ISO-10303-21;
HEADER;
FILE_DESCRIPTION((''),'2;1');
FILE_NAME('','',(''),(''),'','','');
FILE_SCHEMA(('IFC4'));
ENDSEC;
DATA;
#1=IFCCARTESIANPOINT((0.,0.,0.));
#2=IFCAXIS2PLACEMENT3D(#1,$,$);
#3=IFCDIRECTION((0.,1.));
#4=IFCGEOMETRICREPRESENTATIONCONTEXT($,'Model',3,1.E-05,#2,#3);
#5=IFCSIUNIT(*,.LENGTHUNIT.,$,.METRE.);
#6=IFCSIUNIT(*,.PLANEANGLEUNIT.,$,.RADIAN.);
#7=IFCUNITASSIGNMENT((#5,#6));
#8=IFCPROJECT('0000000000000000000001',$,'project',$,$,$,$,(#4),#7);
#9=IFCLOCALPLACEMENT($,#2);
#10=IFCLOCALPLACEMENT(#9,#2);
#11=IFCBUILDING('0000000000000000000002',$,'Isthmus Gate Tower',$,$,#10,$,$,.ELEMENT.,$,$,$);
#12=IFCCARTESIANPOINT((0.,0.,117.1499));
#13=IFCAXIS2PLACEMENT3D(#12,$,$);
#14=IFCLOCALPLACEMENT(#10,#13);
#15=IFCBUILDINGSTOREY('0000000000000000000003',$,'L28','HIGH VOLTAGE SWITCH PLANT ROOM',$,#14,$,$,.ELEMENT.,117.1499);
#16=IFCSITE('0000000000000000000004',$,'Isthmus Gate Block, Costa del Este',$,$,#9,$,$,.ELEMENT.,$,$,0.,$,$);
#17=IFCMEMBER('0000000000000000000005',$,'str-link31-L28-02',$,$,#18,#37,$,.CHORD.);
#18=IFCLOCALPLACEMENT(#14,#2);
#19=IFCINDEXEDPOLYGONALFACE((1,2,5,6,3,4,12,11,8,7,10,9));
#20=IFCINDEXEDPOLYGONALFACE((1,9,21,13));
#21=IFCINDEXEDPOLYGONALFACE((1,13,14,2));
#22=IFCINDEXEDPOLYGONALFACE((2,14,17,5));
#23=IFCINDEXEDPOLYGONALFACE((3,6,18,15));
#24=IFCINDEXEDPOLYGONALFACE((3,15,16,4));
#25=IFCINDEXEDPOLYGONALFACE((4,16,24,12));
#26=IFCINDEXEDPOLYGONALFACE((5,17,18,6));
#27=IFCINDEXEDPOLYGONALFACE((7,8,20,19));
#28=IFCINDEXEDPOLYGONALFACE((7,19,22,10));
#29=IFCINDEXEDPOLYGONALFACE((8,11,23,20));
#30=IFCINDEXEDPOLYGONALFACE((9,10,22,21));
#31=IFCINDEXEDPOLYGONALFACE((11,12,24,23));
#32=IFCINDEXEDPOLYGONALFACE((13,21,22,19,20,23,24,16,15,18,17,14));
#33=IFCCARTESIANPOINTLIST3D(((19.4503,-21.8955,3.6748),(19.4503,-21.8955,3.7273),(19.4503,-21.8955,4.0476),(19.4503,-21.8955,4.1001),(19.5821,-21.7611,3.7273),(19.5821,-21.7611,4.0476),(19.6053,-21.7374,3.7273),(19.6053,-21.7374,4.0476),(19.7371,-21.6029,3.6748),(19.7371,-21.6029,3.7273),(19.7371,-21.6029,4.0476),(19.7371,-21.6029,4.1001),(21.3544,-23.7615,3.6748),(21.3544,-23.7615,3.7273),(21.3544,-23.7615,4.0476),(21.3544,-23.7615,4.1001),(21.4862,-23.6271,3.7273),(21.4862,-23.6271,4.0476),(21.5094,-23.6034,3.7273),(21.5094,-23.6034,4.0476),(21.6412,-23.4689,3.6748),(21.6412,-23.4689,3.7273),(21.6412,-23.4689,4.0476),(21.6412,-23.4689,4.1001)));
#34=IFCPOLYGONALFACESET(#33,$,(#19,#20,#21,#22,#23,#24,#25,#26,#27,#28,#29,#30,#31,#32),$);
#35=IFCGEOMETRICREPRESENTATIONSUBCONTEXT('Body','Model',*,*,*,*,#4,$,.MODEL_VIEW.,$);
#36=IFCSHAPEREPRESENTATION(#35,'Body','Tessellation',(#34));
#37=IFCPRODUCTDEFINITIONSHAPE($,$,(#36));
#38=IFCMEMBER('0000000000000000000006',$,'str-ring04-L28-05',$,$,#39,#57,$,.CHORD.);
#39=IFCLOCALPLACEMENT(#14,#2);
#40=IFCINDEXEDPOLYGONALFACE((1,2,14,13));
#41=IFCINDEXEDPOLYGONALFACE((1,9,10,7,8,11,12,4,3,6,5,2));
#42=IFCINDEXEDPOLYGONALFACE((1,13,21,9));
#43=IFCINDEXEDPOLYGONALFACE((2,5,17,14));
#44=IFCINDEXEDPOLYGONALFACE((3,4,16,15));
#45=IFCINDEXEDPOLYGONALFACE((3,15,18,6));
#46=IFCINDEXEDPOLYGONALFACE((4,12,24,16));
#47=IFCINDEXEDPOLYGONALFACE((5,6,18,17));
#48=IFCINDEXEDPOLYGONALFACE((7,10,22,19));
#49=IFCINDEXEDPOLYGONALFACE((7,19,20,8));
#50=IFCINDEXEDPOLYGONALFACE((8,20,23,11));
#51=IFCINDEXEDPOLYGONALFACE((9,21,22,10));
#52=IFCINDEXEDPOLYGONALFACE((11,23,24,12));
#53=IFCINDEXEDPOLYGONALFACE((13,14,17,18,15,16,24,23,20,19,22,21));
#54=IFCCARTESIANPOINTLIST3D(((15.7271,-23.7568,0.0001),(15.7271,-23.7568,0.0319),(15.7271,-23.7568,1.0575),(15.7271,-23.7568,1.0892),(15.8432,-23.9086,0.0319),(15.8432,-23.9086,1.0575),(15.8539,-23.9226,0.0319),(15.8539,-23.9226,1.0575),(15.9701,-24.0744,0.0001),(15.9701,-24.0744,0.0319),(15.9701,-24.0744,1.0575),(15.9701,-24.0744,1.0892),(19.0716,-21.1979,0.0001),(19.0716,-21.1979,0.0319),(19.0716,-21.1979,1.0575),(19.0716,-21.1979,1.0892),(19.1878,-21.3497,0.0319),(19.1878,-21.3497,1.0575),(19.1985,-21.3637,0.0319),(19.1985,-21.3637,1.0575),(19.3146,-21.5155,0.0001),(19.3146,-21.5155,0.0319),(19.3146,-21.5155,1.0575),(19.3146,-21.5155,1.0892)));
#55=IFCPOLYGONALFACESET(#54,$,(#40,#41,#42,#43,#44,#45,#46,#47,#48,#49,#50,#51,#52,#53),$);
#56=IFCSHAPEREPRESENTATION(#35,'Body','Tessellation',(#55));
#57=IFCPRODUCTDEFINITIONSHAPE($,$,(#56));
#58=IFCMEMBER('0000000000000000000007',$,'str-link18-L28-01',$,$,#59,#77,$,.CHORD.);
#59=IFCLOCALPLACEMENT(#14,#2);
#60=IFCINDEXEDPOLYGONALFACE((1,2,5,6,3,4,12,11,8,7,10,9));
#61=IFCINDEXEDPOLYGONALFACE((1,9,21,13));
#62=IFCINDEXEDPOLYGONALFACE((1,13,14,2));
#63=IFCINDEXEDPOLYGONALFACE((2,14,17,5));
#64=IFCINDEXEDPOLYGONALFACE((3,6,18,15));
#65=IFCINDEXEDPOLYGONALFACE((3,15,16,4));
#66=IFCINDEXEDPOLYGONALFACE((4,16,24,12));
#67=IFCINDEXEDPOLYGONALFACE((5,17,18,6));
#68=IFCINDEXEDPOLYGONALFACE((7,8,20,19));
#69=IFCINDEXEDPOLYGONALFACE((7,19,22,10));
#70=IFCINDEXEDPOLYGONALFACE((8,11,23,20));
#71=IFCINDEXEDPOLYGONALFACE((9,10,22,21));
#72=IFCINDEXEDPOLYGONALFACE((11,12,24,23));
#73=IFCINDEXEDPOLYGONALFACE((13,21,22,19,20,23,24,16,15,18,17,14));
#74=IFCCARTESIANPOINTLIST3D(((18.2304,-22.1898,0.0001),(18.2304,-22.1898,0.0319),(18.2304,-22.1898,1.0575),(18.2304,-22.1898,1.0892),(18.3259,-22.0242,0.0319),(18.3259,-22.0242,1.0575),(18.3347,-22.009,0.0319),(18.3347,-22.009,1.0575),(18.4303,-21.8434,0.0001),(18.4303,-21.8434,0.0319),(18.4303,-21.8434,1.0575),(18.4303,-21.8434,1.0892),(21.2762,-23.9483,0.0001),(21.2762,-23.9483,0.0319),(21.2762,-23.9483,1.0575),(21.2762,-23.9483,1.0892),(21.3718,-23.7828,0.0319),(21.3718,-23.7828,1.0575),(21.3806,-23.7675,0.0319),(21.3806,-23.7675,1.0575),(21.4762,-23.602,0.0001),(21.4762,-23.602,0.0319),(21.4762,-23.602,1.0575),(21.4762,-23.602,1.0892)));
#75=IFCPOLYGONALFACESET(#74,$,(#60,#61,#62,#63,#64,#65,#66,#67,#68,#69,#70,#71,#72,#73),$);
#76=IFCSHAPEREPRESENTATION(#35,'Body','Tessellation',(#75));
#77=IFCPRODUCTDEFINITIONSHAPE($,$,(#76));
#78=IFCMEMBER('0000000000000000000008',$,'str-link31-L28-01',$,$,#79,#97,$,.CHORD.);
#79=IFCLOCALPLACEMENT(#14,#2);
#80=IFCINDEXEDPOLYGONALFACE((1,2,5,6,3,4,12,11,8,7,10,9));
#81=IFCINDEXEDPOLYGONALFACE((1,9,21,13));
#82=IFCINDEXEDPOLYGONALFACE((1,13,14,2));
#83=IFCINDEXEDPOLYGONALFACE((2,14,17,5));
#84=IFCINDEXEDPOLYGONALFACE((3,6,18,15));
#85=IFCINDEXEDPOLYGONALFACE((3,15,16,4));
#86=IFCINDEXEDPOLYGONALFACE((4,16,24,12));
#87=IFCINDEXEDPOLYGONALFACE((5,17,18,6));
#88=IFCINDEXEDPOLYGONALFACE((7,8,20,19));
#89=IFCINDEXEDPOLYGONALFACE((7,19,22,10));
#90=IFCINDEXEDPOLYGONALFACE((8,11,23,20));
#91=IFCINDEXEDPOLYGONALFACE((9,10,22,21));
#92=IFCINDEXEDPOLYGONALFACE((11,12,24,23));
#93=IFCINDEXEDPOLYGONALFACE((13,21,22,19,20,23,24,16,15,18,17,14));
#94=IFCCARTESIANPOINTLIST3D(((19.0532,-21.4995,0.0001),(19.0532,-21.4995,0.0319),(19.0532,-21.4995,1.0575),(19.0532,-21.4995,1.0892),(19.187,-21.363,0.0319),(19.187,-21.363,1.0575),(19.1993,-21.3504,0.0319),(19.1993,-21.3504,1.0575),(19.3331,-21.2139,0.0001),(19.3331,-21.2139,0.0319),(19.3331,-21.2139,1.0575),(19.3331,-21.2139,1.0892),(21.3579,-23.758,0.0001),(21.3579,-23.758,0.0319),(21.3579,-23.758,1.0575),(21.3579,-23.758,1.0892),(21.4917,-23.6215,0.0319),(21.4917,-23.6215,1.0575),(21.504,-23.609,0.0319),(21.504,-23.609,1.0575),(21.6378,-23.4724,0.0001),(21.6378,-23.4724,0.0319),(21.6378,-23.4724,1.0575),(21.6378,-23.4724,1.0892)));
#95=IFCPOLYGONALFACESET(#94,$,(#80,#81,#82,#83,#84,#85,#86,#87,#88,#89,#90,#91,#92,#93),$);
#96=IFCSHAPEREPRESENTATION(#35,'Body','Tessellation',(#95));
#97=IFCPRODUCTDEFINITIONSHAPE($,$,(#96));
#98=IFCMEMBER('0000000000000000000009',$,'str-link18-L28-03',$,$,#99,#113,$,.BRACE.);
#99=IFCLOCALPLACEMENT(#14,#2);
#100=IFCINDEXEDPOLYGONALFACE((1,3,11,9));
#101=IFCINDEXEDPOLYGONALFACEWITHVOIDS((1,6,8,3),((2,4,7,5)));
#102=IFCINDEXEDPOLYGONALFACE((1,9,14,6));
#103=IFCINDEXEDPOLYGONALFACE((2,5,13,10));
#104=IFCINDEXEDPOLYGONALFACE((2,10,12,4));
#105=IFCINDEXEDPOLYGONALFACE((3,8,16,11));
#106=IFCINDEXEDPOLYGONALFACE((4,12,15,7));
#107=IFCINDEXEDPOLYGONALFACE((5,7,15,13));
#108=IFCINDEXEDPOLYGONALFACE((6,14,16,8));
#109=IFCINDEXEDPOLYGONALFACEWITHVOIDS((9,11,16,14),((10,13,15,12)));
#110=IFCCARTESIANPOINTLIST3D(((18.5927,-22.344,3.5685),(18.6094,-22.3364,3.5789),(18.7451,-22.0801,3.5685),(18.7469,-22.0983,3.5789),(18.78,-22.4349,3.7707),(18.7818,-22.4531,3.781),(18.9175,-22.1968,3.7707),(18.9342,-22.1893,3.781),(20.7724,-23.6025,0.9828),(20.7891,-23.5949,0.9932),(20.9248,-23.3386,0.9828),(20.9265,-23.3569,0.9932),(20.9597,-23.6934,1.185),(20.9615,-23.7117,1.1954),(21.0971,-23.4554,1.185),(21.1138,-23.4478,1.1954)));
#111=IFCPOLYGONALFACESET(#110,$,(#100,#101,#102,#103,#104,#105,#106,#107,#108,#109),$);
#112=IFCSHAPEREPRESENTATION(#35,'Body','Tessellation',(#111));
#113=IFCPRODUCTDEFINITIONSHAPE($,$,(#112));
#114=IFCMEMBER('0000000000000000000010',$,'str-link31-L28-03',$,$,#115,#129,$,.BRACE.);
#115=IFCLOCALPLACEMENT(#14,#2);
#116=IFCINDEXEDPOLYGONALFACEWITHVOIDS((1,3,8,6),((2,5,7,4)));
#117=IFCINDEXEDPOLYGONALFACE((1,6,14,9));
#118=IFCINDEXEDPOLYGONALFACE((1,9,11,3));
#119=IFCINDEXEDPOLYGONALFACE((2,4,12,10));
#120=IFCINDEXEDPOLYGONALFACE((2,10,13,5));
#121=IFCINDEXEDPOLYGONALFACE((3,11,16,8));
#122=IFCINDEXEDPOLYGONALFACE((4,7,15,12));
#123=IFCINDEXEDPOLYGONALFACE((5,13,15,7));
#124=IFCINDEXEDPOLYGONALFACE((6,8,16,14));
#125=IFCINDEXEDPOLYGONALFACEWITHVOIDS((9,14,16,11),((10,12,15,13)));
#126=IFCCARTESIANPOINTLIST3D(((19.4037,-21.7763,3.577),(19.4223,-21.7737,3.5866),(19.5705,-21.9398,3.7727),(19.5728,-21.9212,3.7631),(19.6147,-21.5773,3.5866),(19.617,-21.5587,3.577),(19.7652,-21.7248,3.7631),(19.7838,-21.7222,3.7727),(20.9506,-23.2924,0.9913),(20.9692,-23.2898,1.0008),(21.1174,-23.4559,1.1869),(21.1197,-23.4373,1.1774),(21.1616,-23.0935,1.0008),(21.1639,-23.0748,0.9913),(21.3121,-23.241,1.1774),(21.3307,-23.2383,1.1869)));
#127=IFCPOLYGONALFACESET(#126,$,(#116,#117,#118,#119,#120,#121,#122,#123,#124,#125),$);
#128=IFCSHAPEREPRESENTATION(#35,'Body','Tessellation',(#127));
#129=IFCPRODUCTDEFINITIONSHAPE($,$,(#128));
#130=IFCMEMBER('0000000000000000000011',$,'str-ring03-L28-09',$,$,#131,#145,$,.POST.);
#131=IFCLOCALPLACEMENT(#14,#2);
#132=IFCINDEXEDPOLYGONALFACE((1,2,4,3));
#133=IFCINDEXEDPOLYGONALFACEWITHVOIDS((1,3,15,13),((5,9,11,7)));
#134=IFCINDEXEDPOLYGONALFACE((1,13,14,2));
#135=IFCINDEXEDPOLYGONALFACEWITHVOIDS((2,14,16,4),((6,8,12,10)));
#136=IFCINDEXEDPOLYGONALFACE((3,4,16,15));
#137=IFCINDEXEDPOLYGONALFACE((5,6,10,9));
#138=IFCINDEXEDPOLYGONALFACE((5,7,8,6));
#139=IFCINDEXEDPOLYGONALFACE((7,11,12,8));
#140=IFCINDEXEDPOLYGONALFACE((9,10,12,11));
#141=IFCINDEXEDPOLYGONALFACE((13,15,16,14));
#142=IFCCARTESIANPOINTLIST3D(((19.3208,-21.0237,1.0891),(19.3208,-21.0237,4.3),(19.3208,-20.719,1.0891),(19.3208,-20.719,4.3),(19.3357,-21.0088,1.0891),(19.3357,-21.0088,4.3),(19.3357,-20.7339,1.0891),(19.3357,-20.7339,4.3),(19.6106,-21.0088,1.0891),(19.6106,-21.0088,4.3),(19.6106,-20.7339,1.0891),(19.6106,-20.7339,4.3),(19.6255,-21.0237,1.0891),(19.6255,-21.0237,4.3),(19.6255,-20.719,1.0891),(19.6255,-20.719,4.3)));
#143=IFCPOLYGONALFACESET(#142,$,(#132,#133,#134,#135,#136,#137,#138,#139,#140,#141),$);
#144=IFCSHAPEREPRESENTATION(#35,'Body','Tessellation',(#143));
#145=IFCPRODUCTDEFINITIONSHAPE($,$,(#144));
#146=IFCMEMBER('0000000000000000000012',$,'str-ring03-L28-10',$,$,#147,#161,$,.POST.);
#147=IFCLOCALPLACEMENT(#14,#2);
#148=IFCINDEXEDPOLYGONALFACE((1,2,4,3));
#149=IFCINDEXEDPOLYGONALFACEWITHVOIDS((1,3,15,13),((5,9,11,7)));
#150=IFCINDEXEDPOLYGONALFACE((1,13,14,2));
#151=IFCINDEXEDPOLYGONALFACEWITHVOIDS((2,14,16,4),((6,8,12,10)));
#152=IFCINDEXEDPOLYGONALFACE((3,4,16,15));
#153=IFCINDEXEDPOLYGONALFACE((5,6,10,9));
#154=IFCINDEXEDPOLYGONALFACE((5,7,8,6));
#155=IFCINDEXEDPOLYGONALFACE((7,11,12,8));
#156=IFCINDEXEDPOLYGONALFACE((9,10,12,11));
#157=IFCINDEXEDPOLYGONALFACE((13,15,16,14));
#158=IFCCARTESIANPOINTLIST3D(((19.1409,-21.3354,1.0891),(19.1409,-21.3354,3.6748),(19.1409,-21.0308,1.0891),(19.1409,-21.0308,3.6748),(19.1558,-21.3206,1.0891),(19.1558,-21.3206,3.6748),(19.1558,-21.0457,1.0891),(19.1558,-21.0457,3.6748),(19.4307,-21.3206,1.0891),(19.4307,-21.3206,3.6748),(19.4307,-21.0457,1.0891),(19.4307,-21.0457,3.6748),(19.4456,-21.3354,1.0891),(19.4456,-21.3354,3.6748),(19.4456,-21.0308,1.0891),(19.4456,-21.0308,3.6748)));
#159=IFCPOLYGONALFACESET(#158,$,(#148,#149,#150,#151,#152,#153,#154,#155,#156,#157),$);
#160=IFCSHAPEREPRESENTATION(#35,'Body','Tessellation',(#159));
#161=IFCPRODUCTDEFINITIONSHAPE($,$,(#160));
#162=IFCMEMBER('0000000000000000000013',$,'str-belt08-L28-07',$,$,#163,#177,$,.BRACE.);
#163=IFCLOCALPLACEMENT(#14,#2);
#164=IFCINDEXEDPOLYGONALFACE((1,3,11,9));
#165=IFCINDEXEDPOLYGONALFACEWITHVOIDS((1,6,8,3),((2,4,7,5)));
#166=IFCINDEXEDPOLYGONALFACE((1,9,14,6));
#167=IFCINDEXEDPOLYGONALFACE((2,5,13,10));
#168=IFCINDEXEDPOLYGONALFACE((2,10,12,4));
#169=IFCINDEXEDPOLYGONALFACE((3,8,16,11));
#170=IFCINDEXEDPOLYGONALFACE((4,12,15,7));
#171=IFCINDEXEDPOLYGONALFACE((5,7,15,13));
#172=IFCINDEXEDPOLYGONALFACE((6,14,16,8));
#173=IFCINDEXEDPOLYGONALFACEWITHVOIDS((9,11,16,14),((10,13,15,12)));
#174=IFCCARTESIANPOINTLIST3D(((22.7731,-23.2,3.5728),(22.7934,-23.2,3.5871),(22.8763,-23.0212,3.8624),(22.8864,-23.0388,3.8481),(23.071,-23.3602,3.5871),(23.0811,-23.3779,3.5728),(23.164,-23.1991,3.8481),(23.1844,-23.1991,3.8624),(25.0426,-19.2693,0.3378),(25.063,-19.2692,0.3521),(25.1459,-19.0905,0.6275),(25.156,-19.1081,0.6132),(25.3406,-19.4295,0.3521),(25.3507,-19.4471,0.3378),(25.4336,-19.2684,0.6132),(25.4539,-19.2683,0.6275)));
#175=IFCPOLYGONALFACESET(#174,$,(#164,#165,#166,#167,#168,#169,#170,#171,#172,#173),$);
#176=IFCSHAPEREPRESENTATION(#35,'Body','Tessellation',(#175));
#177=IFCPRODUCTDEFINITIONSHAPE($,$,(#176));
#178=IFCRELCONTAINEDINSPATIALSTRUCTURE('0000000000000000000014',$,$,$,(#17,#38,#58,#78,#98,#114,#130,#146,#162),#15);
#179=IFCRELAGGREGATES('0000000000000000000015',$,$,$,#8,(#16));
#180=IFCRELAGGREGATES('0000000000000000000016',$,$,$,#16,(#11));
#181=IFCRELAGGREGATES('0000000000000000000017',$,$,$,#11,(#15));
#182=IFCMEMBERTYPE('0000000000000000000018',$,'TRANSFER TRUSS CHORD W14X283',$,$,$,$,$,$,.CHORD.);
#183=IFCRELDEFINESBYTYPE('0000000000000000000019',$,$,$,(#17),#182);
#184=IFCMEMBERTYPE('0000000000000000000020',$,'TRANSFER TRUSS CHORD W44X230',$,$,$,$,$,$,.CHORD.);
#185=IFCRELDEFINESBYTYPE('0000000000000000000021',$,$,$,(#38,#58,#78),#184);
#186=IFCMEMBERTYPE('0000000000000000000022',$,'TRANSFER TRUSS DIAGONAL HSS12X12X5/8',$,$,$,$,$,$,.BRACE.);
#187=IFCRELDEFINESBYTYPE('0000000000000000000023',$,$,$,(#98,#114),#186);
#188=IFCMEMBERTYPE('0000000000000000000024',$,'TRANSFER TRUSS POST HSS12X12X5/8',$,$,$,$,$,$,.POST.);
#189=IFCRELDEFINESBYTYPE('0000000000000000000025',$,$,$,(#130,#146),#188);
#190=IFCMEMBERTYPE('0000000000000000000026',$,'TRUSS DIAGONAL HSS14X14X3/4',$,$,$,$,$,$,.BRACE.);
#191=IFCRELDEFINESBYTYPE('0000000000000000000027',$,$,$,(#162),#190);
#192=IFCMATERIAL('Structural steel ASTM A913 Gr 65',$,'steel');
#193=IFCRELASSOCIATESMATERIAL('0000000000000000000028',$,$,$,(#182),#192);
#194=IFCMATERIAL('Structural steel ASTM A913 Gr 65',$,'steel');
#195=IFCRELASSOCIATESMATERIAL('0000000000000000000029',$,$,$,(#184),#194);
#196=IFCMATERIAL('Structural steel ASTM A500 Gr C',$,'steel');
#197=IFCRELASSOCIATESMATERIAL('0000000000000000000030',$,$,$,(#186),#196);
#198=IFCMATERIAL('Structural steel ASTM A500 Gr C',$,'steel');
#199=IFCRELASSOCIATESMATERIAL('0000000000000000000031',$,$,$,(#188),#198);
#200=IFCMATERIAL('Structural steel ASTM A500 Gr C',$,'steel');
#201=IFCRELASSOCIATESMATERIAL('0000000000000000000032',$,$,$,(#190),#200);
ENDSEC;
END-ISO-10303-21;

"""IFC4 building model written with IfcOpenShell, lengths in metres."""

from ifc_helpers import new_model, si_unit, direction, frame, origin, origin_2d, place, context, subcontext, project, spatial, hollow_rectangle, i_section, extrude, material, material_profile, profile_set, type_object, element, save


model = new_model("IFC4")

# Units and contexts
model_context = context("Model", 3, precision=1e-05, world=origin(), true_north=direction((0.0, 1.0)))
body_context = subcontext(model_context, "Body", "Model", "MODEL_VIEW")
ifc_project = project(units=[si_unit("LENGTHUNIT", "METRE"), si_unit("PLANEANGLEUNIT", "RADIAN")], contexts=[model_context])

# Site, building, storey
site_placement = place(None, origin())
site = spatial("IfcSite", under=ifc_project, at=site_placement, Name="Isthmus Gate Block, Costa del Este", CompositionType="ELEMENT", RefElevation=0.0)
building_placement = place(site_placement, origin())
building = spatial("IfcBuilding", under=site, at=building_placement, Name="Isthmus Gate Tower", CompositionType="ELEMENT")
storey_placement = place(building_placement, frame((0.0, 0.0, 117.1499)))
storey = spatial("IfcBuildingStorey", under=building, at=storey_placement, Name="L28", Description="HIGH VOLTAGE SWITCH PLANT ROOM", CompositionType="ELEMENT", Elevation=117.1499)

# Members
ifc_material_1 = material(Name="Structural steel ASTM A913 Gr 65", Category="steel")
ifc_material_profile_1 = material_profile(ifc_material_1, i_section(OverallWidth=0.4097, OverallDepth=0.4253, WebThickness=0.0332, FlangeThickness=0.0525, at=origin_2d()), Name="W14X283")
ifc_profile_set_1 = profile_set([ifc_material_profile_1], Name="Structural steel ASTM A913 Gr 65")
member_type_1 = type_object("IfcMemberType", Name="TRANSFER TRUSS CHORD W14X283", PredefinedType="CHORD", material=ifc_profile_set_1)
member_1_placement = place(storey_placement, frame((21.4978, -23.6152, 3.8875), z_axis=(-0.714214, 0.699928, 0.0), x_axis=(-0.699928, -0.714214, 0.0)))
element("IfcMember", 1, at=member_1_placement, inside=storey, type_object=member_type_1, Name="str-link31-L28-02", PredefinedType="CHORD", context=body_context, shape_type="SweptSolid", body=[
    extrude(i_section(OverallWidth=0.4097, OverallDepth=0.4253, WebThickness=0.0332, FlangeThickness=0.0525, at=origin_2d()), origin(), (0.0, 0.0, 1.0), 2.666),
])
ifc_material_2 = material(Name="Structural steel ASTM A913 Gr 65", Category="steel")
ifc_material_profile_2 = material_profile(ifc_material_2, i_section(OverallWidth=0.3999, OverallDepth=1.0891, WebThickness=0.0176, FlangeThickness=0.0317, at=origin_2d()), Name="W44X230")
ifc_profile_set_2 = profile_set([ifc_material_profile_2], Name="Structural steel ASTM A913 Gr 65")
member_type_2 = type_object("IfcMemberType", Name="TRANSFER TRUSS CHORD W44X230", PredefinedType="CHORD", material=ifc_profile_set_2)
member_2_placement = place(storey_placement, frame((19.1931, -21.3567, 0.5447), z_axis=(-0.79421, -0.607644, 0.0), x_axis=(0.607644, -0.79421, 0.0)))
element("IfcMember", 2, at=member_2_placement, inside=storey, type_object=member_type_2, Name="str-ring04-L28-05", PredefinedType="CHORD", context=body_context, shape_type="SweptSolid", body=[
    extrude(i_section(OverallWidth=0.3999, OverallDepth=1.0891, WebThickness=0.0176, FlangeThickness=0.0317, at=origin_2d()), origin(), (0.0, 0.0, 1.0), 4.2112),
])
member_3_placement = place(storey_placement, frame((21.3762, -23.7751, 0.5447), z_axis=(-0.866026, 0.499999, 0.0), x_axis=(-0.499999, -0.866026, 0.0)))
element("IfcMember", 3, at=member_3_placement, inside=storey, type_object=member_type_2, Name="str-link18-L28-01", PredefinedType="CHORD", context=body_context, shape_type="SweptSolid", body=[
    extrude(i_section(OverallWidth=0.3999, OverallDepth=1.0891, WebThickness=0.0176, FlangeThickness=0.0317, at=origin_2d()), origin(), (0.0, 0.0, 1.0), 3.5171),
])
member_4_placement = place(storey_placement, frame((21.4978, -23.6152, 0.5447), z_axis=(-0.71422, 0.699921, 0.0), x_axis=(-0.699921, -0.71422, 0.0)))
element("IfcMember", 4, at=member_4_placement, inside=storey, type_object=member_type_2, Name="str-link31-L28-01", PredefinedType="CHORD", context=body_context, shape_type="SweptSolid", body=[
    extrude(i_section(OverallWidth=0.3999, OverallDepth=1.0891, WebThickness=0.0176, FlangeThickness=0.0317, at=origin_2d()), origin(), (0.0, 0.0, 1.0), 3.2268),
])
ifc_material_3 = material(Name="Structural steel ASTM A500 Gr C", Category="steel")
ifc_material_profile_3 = material_profile(ifc_material_3, hollow_rectangle(XDim=0.3047, YDim=0.3047, WallThickness=0.0149, at=origin_2d()), Name="HSS12X12X5/8")
ifc_profile_set_3 = profile_set([ifc_material_profile_3], Name="Structural steel ASTM A500 Gr C")
member_type_3 = type_object("IfcMemberType", Name="TRANSFER TRUSS DIAGONAL HSS12X12X5/8", PredefinedType="BRACE", material=ifc_profile_set_3)
member_5_placement = place(storey_placement, frame((20.9431, -23.5251, 1.0891), z_axis=(-0.604054, 0.348779, 0.71657), x_axis=(-0.50003, -0.866008, 0.0)))
element("IfcMember", 5, at=member_5_placement, inside=storey, type_object=member_type_3, Name="str-link18-L28-03", PredefinedType="BRACE", context=body_context, shape_type="SweptSolid", body=[
    extrude(hollow_rectangle(XDim=0.3047, YDim=0.3047, WallThickness=0.0149, at=origin_2d()), origin(), (0.0, 0.0, 1.0), 3.6084),
])
member_6_placement = place(storey_placement, frame((21.1406, -23.2654, 1.0891), z_axis=(-0.458603, 0.449483, 0.766582), x_axis=(-0.69997, -0.714172, 0.0)))
element("IfcMember", 6, at=member_6_placement, inside=storey, type_object=member_type_3, Name="str-link31-L28-03", PredefinedType="BRACE", context=body_context, shape_type="SweptSolid", body=[
    extrude(hollow_rectangle(XDim=0.3047, YDim=0.3047, WallThickness=0.0149, at=origin_2d()), origin(), (0.0, 0.0, 1.0), 3.373),
])
ifc_material_4 = material(Name="Structural steel ASTM A500 Gr C", Category="steel")
ifc_material_profile_4 = material_profile(ifc_material_4, hollow_rectangle(XDim=0.3047, YDim=0.3047, WallThickness=0.0149, at=origin_2d()), Name="HSS12X12X5/8")
ifc_profile_set_4 = profile_set([ifc_material_profile_4], Name="Structural steel ASTM A500 Gr C")
member_type_4 = type_object("IfcMemberType", Name="TRANSFER TRUSS POST HSS12X12X5/8", PredefinedType="POST", material=ifc_profile_set_4)
member_7_placement = place(storey_placement, frame((19.4731, -20.8713, 1.0891), z_axis=(0.0, 0.0, 1.0), x_axis=(1.0, 0.0, 0.0)))
element("IfcMember", 7, at=member_7_placement, inside=storey, type_object=member_type_4, Name="str-ring03-L28-09", PredefinedType="POST", context=body_context, shape_type="SweptSolid", body=[
    extrude(hollow_rectangle(XDim=0.3047, YDim=0.3047, WallThickness=0.0149, at=origin_2d()), origin(), (0.0, 0.0, 1.0), 3.2109),
])
member_8_placement = place(storey_placement, frame((19.2932, -21.1831, 1.0891), z_axis=(0.0, 0.0, 1.0), x_axis=(1.0, 0.0, 0.0)))
element("IfcMember", 8, at=member_8_placement, inside=storey, type_object=member_type_4, Name="str-ring03-L28-10", PredefinedType="POST", context=body_context, shape_type="SweptSolid", body=[
    extrude(hollow_rectangle(XDim=0.3047, YDim=0.3047, WallThickness=0.0149, at=origin_2d()), origin(), (0.0, 0.0, 1.0), 2.5857),
])
ifc_material_5 = material(Name="Structural steel ASTM A500 Gr C", Category="steel")
ifc_material_profile_5 = material_profile(ifc_material_5, hollow_rectangle(XDim=0.3557, YDim=0.3557, WallThickness=0.0176, at=origin_2d()), Name="HSS14X14X3/4")
ifc_profile_set_5 = profile_set([ifc_material_profile_5], Name="Structural steel ASTM A500 Gr C")
member_type_5 = type_object("IfcMemberType", Name="TRUSS DIAGONAL HSS14X14X3/4", PredefinedType="BRACE", material=ifc_profile_set_5)
member_9_placement = place(storey_placement, frame((25.2483, -19.2688, 0.4827), z_axis=(-0.407192, -0.705227, 0.580388), x_axis=(0.86601, -0.500027, 0.0)))
element("IfcMember", 9, at=member_9_placement, inside=storey, type_object=member_type_5, Name="str-belt08-L28-07", PredefinedType="BRACE", context=body_context, shape_type="SweptSolid", body=[
    extrude(hollow_rectangle(XDim=0.3557, YDim=0.3557, WallThickness=0.0176, at=origin_2d()), origin(), (0.0, 0.0, 1.0), 5.5737),
])

save(model, "model.ifc")
